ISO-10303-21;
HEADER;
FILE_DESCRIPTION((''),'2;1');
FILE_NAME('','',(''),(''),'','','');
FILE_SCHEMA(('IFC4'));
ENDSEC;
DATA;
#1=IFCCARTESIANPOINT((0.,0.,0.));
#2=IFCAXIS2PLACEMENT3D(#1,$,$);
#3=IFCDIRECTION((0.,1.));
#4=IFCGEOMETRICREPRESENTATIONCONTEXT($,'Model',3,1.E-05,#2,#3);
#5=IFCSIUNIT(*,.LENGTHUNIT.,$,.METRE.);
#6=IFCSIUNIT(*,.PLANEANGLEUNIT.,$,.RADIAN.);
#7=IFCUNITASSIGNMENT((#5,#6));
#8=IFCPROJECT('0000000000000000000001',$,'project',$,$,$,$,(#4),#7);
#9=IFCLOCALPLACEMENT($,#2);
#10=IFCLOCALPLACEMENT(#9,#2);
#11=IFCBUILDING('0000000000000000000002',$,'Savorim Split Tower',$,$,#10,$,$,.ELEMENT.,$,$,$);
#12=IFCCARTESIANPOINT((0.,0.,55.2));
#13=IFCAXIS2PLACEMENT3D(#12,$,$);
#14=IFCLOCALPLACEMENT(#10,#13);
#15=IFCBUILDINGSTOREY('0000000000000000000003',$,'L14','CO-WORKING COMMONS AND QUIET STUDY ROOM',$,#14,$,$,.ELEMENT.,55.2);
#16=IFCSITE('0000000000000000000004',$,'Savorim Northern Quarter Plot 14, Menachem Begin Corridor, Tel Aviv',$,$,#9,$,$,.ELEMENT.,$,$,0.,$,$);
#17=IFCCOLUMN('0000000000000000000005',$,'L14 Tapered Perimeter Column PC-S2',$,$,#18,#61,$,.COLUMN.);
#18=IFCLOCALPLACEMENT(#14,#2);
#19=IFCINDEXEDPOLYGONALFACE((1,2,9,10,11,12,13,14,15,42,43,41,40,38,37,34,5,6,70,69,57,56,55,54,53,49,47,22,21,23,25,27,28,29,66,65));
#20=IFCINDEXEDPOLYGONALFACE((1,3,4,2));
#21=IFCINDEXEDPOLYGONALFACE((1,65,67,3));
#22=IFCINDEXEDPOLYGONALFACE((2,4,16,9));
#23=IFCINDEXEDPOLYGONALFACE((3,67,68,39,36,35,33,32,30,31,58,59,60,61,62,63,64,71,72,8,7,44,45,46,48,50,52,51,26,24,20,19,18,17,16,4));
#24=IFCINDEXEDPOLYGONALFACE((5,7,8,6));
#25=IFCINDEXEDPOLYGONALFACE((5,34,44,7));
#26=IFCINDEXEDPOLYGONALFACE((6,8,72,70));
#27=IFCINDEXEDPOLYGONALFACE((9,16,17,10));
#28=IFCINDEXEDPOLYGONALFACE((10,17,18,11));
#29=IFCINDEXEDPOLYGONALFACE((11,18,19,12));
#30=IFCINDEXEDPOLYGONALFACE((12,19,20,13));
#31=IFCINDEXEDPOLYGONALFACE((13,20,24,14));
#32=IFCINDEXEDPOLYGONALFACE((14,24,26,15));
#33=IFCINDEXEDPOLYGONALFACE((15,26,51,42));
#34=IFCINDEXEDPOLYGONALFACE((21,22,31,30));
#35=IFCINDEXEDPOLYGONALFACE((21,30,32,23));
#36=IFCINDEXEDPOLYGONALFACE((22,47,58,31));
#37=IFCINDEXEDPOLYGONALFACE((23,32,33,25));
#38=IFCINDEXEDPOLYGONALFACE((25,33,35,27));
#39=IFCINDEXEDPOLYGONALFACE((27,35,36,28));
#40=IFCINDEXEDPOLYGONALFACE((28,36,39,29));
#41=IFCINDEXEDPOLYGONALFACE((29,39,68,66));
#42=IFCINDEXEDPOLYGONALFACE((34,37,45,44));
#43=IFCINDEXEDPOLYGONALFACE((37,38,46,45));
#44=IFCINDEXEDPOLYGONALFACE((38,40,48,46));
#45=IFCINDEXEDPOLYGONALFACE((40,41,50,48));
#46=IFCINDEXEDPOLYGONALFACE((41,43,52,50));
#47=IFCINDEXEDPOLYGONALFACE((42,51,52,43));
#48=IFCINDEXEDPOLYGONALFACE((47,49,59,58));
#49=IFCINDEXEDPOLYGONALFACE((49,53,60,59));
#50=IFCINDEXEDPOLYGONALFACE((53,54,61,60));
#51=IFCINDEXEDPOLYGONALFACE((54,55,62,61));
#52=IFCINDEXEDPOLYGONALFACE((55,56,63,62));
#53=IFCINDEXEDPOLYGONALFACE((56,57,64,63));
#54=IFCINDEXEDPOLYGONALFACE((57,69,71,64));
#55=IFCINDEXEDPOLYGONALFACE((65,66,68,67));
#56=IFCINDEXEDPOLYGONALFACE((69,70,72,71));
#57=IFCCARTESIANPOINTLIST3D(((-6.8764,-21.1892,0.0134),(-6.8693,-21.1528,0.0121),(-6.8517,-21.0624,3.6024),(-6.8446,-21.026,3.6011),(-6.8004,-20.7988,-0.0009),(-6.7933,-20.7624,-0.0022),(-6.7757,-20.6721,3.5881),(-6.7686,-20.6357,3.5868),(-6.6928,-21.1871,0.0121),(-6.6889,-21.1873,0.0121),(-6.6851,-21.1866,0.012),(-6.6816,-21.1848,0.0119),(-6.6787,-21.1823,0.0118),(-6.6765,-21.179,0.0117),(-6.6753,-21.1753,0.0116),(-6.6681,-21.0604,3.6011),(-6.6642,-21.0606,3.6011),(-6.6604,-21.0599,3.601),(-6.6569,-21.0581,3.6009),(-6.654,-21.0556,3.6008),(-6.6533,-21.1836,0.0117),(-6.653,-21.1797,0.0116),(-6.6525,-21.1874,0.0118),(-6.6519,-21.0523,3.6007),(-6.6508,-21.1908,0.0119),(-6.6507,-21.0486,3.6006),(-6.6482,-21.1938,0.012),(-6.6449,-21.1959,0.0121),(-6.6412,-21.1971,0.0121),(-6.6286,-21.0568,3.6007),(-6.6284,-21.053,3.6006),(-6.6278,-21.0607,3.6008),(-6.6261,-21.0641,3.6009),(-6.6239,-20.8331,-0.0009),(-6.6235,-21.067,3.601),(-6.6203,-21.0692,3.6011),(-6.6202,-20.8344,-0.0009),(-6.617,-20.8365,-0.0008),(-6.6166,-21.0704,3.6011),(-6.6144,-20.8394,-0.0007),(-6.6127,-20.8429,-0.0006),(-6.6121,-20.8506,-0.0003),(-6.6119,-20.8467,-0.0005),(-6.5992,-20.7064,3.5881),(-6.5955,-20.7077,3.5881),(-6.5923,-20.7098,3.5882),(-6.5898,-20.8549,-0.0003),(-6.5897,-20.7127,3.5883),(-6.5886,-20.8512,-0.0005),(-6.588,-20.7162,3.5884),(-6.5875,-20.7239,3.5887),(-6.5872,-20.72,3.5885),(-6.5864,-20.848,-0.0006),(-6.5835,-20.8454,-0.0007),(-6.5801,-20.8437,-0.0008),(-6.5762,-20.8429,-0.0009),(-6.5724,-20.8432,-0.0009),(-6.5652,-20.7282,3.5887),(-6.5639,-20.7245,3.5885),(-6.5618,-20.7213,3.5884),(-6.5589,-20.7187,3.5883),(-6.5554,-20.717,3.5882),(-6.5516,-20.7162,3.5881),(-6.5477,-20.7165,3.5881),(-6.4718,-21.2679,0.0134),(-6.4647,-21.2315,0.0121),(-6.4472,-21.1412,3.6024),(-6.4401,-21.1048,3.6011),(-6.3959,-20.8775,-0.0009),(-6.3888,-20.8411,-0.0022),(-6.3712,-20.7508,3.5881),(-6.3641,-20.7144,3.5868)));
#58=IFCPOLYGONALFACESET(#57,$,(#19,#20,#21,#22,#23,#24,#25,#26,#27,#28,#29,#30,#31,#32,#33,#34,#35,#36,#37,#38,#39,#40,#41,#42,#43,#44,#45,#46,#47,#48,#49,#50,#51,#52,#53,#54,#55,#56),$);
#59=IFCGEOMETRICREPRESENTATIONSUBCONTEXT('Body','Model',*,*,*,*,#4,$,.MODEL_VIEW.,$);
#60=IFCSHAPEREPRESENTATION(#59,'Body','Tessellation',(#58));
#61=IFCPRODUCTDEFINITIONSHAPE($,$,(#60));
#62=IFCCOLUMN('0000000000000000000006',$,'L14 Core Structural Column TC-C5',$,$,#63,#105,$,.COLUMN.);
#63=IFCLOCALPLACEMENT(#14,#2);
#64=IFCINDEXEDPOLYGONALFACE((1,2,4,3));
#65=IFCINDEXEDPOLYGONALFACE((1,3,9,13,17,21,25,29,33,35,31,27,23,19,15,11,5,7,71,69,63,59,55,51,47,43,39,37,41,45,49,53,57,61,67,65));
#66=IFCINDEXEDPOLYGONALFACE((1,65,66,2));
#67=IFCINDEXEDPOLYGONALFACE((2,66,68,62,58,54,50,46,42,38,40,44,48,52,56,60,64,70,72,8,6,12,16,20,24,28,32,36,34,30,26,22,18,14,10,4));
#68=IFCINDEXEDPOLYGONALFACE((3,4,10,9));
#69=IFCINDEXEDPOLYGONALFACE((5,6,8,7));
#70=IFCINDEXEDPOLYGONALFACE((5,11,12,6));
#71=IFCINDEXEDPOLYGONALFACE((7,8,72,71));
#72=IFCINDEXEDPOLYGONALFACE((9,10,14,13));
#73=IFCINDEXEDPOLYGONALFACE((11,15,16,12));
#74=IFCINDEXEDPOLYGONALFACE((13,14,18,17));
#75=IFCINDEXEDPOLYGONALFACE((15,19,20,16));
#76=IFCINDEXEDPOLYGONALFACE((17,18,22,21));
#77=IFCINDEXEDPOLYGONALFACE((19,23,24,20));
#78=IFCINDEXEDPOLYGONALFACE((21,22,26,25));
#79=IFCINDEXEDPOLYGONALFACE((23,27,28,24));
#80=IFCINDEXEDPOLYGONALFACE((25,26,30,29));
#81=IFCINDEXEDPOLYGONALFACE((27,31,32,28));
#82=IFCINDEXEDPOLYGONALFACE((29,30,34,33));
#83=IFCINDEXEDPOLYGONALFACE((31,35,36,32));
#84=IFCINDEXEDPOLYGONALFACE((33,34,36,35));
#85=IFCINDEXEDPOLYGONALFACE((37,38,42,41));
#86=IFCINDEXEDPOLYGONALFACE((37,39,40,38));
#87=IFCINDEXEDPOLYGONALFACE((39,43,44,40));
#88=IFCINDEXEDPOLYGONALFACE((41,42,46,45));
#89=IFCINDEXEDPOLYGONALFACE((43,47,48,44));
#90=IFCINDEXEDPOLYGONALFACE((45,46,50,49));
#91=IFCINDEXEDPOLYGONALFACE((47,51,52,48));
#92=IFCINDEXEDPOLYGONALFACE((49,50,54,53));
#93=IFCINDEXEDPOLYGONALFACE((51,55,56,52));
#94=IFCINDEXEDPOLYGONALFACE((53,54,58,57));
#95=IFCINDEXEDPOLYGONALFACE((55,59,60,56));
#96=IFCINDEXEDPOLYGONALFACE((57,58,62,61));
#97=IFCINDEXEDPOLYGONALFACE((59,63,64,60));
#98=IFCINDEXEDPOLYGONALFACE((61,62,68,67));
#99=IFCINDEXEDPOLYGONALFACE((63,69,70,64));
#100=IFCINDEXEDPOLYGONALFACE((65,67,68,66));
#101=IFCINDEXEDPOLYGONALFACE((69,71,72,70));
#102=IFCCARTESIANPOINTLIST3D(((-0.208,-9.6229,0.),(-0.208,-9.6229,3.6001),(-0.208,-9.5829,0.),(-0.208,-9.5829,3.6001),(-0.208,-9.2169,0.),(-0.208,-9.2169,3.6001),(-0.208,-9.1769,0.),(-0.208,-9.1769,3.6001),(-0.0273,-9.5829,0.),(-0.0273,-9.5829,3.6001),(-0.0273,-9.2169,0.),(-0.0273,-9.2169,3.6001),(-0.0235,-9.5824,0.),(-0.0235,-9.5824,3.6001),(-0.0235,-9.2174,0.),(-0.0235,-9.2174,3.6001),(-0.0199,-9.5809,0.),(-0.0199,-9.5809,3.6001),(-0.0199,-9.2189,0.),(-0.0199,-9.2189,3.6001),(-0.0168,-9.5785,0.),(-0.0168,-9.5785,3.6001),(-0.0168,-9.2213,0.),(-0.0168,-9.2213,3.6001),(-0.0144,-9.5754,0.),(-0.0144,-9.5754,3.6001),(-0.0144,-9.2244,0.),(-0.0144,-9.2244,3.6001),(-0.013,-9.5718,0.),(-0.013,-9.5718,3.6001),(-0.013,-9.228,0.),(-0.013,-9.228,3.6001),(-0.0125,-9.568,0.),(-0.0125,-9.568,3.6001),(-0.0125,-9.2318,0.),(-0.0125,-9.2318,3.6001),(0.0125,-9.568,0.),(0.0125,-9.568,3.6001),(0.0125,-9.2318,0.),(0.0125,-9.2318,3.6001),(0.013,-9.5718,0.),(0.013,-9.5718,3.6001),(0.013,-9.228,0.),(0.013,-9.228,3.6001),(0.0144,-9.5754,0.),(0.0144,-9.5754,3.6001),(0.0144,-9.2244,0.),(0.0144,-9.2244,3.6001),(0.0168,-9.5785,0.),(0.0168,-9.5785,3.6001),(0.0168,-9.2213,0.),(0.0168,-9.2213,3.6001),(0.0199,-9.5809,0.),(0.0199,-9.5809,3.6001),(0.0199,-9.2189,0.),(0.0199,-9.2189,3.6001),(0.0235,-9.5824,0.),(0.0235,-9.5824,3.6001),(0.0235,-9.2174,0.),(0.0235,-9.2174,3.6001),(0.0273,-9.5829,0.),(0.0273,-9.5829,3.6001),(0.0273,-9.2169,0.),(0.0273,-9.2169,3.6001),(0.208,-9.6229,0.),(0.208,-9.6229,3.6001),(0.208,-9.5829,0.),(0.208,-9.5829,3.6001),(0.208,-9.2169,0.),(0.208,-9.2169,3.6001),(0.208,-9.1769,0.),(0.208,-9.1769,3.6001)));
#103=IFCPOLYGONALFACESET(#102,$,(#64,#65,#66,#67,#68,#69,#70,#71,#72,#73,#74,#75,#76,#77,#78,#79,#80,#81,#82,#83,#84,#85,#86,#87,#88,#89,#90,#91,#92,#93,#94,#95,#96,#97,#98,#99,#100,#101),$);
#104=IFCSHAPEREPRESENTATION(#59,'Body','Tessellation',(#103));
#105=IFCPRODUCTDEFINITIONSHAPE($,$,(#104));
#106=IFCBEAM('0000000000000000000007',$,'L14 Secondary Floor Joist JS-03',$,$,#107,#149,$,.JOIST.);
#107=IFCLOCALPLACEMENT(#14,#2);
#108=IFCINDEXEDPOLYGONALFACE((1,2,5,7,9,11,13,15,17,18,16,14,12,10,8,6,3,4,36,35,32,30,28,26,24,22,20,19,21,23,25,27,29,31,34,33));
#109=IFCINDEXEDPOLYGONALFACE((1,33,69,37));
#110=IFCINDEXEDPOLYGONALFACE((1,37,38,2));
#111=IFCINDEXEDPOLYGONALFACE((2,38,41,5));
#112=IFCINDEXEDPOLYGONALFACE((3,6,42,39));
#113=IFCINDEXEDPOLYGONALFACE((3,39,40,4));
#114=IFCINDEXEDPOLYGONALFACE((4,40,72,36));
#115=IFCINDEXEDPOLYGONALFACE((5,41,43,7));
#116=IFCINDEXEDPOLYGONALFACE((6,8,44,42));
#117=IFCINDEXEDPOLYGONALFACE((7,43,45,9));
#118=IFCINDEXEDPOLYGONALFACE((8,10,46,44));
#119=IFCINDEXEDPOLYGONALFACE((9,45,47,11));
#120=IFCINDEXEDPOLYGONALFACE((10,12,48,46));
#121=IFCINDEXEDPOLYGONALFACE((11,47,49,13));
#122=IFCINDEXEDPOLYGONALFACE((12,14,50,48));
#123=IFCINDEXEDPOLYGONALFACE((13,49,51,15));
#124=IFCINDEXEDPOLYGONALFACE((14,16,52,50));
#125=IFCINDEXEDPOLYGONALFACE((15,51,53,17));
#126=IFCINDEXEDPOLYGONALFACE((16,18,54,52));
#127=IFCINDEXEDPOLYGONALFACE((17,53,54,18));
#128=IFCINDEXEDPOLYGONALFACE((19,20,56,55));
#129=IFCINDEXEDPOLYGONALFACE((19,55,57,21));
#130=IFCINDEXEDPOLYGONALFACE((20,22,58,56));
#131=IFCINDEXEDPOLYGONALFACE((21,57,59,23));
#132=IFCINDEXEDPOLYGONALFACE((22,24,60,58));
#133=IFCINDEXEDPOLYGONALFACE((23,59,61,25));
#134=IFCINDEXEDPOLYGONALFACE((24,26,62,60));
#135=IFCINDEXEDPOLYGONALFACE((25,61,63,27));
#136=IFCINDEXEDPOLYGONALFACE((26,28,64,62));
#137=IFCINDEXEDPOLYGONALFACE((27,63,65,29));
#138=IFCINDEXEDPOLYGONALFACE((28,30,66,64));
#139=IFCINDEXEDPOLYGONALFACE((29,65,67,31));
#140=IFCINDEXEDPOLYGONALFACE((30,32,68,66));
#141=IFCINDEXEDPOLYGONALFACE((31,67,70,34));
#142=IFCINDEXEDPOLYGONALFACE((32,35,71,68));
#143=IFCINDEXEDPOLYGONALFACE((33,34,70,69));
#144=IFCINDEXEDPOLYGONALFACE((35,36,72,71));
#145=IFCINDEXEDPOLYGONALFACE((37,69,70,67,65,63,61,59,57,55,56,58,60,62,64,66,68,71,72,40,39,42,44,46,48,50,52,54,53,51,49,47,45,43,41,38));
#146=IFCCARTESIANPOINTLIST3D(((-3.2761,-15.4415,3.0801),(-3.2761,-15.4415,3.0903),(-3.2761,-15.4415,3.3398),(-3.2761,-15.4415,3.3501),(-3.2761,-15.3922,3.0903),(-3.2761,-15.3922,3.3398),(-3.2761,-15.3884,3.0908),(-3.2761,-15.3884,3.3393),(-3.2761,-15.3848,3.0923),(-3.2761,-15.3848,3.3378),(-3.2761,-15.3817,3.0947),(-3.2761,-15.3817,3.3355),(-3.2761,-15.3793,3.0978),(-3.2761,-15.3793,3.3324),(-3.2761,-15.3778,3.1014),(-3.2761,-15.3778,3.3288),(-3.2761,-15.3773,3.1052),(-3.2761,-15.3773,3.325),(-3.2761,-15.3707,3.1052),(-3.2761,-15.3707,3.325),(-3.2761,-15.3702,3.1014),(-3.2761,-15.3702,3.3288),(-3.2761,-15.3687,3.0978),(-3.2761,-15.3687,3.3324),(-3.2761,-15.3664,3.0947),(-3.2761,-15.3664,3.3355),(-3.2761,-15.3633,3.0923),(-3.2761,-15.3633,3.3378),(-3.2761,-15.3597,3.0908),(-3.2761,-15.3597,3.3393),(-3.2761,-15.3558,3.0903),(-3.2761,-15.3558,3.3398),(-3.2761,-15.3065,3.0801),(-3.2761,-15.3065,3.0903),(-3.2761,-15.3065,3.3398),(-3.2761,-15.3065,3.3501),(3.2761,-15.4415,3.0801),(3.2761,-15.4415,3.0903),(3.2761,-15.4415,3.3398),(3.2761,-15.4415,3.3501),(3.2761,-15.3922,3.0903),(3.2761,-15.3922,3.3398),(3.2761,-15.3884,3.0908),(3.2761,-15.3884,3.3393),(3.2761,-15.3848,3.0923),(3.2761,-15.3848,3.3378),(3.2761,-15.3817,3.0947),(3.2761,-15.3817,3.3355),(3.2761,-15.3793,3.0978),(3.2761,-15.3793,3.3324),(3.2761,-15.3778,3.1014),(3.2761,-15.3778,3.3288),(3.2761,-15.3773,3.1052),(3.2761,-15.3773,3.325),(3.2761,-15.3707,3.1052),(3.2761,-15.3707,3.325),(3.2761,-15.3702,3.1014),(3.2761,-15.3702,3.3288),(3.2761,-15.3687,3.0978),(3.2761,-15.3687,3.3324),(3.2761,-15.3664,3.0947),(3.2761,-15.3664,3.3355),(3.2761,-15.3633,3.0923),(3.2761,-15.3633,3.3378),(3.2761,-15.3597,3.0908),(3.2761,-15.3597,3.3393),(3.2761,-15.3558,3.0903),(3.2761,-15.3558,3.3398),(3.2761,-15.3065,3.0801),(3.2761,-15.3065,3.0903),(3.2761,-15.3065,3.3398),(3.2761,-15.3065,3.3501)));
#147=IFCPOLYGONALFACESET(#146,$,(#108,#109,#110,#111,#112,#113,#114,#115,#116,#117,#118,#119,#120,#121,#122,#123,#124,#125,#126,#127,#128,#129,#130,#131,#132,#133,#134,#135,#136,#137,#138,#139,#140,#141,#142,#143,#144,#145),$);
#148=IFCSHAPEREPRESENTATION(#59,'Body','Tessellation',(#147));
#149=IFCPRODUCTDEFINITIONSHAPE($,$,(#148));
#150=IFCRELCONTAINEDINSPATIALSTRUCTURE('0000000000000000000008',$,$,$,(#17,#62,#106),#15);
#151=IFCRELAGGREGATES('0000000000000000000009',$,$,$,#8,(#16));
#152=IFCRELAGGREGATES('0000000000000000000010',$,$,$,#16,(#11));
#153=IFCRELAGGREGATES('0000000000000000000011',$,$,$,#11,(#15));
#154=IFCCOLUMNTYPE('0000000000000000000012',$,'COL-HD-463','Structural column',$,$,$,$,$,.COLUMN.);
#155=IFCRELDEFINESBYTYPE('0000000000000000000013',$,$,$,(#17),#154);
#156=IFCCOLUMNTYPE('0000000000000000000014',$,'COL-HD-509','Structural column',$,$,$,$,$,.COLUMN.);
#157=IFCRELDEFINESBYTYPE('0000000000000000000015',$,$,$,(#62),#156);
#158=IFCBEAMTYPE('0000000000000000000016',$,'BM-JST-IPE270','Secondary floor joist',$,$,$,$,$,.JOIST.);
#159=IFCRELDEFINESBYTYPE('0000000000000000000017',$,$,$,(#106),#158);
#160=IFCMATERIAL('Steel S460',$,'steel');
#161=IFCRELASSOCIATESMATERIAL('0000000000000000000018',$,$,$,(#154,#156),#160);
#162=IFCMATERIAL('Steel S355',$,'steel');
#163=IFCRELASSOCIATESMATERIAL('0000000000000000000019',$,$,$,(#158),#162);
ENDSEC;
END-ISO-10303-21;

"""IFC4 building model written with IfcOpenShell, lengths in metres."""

from ifc_helpers import new_model, si_unit, direction, frame, origin, origin_2d, place, context, subcontext, project, spatial, i_section, extrude, material, material_profile, profile_set, type_object, element, save


model = new_model("IFC4")

# Units and contexts
model_context = context("Model", 3, precision=1e-05, world=origin(), true_north=direction((0.0, 1.0)))
body_context = subcontext(model_context, "Body", "Model", "MODEL_VIEW")
ifc_project = project(units=[si_unit("LENGTHUNIT", "METRE"), si_unit("PLANEANGLEUNIT", "RADIAN")], contexts=[model_context])

# Site, building, storey
site_placement = place(None, origin())
site = spatial("IfcSite", under=ifc_project, at=site_placement, Name="Savorim Northern Quarter Plot 14, Menachem Begin Corridor, Tel Aviv", CompositionType="ELEMENT", RefElevation=0.0)
building_placement = place(site_placement, origin())
building = spatial("IfcBuilding", under=site, at=building_placement, Name="Savorim Split Tower", CompositionType="ELEMENT")
storey_placement = place(building_placement, frame((0.0, 0.0, 55.2)))
storey = spatial("IfcBuildingStorey", under=building, at=storey_placement, Name="L14", Description="CO-WORKING COMMONS AND QUIET STUDY ROOM", CompositionType="ELEMENT", Elevation=55.2)

# Columns
ifc_material_1 = material(Name="Steel S460", Category="steel")
ifc_material_profile_1 = material_profile(ifc_material_1, i_section(OverallWidth=0.4121, OverallDepth=0.4351, WebThickness=0.0227, FlangeThickness=0.0371, FilletRadius=0.0149, at=origin_2d()), Name="HD 400x463")
ifc_profile_set_1 = profile_set([ifc_material_profile_1], Name="Steel S460")
column_type_1 = type_object("IfcColumnType", Name="COL-HD-463", Description="Structural column", PredefinedType="COLUMN", material=ifc_profile_set_1)
column_1_placement = place(storey_placement, frame((-6.6326, -21.0151, 0.0056), z_axis=(0.006866, 0.035283, 0.999354), x_axis=(-0.981586, 0.191022, 0.0)))
element("IfcColumn", 1, at=column_1_placement, inside=storey, type_object=column_type_1, Name="L14 Tapered Perimeter Column PC-S2", PredefinedType="COLUMN", context=body_context, shape_type="SweptSolid", body=[
    extrude(i_section(OverallWidth=0.4121, OverallDepth=0.4351, WebThickness=0.0227, FlangeThickness=0.0371, FilletRadius=0.0149, at=origin_2d()), origin(), (0.0, 0.0, 1.0), 3.5913),
])
ifc_material_profile_2 = material_profile(ifc_material_1, i_section(OverallWidth=0.416, OverallDepth=0.446, WebThickness=0.0249, FlangeThickness=0.04, FilletRadius=0.0149, at=origin_2d()), Name="HD 400x509")
ifc_profile_set_2 = profile_set([ifc_material_profile_2], Name="Steel S460")
column_type_2 = type_object("IfcColumnType", Name="COL-HD-509", Description="Structural column", PredefinedType="COLUMN", material=ifc_profile_set_2)
column_2_placement = place(storey_placement, frame((0.0, -9.3999, 0.0), z_axis=(0.0, 0.0, 1.0), x_axis=(1.0, 0.0, 0.0)))
element("IfcColumn", 2, at=column_2_placement, inside=storey, type_object=column_type_2, Name="L14 Core Structural Column TC-C5", PredefinedType="COLUMN", context=body_context, shape_type="SweptSolid", body=[
    extrude(i_section(OverallWidth=0.416, OverallDepth=0.446, WebThickness=0.0249, FlangeThickness=0.04, FilletRadius=0.0149, at=origin_2d()), origin(), (0.0, 0.0, 1.0), 3.6001),
])

# Beam
ifc_material_2 = material(Name="Steel S355", Category="steel")
ifc_material_profile_3 = material_profile(ifc_material_2, i_section(OverallWidth=0.135, OverallDepth=0.27, WebThickness=0.0066, FlangeThickness=0.0103, FilletRadius=0.0149, at=origin_2d()), Name="IPE 270")
ifc_profile_set_3 = profile_set([ifc_material_profile_3], Name="Steel S355")
beam_type_1 = type_object("IfcBeamType", Name="BM-JST-IPE270", Description="Secondary floor joist", PredefinedType="JOIST", material=ifc_profile_set_3)
beam_1_placement = place(storey_placement, frame((-3.2761, -15.374, 3.2151), z_axis=(1.0, 0.0, 0.0), x_axis=(0.0, 1.0, 0.0)))
element("IfcBeam", 3, at=beam_1_placement, inside=storey, type_object=beam_type_1, Name="L14 Secondary Floor Joist JS-03", PredefinedType="JOIST", context=body_context, shape_type="SweptSolid", body=[
    extrude(i_section(OverallWidth=0.135, OverallDepth=0.27, WebThickness=0.0066, FlangeThickness=0.0103, FilletRadius=0.0149, at=origin_2d()), origin(), (0.0, 0.0, 1.0), 6.5522),
])

save(model, "model.ifc")
